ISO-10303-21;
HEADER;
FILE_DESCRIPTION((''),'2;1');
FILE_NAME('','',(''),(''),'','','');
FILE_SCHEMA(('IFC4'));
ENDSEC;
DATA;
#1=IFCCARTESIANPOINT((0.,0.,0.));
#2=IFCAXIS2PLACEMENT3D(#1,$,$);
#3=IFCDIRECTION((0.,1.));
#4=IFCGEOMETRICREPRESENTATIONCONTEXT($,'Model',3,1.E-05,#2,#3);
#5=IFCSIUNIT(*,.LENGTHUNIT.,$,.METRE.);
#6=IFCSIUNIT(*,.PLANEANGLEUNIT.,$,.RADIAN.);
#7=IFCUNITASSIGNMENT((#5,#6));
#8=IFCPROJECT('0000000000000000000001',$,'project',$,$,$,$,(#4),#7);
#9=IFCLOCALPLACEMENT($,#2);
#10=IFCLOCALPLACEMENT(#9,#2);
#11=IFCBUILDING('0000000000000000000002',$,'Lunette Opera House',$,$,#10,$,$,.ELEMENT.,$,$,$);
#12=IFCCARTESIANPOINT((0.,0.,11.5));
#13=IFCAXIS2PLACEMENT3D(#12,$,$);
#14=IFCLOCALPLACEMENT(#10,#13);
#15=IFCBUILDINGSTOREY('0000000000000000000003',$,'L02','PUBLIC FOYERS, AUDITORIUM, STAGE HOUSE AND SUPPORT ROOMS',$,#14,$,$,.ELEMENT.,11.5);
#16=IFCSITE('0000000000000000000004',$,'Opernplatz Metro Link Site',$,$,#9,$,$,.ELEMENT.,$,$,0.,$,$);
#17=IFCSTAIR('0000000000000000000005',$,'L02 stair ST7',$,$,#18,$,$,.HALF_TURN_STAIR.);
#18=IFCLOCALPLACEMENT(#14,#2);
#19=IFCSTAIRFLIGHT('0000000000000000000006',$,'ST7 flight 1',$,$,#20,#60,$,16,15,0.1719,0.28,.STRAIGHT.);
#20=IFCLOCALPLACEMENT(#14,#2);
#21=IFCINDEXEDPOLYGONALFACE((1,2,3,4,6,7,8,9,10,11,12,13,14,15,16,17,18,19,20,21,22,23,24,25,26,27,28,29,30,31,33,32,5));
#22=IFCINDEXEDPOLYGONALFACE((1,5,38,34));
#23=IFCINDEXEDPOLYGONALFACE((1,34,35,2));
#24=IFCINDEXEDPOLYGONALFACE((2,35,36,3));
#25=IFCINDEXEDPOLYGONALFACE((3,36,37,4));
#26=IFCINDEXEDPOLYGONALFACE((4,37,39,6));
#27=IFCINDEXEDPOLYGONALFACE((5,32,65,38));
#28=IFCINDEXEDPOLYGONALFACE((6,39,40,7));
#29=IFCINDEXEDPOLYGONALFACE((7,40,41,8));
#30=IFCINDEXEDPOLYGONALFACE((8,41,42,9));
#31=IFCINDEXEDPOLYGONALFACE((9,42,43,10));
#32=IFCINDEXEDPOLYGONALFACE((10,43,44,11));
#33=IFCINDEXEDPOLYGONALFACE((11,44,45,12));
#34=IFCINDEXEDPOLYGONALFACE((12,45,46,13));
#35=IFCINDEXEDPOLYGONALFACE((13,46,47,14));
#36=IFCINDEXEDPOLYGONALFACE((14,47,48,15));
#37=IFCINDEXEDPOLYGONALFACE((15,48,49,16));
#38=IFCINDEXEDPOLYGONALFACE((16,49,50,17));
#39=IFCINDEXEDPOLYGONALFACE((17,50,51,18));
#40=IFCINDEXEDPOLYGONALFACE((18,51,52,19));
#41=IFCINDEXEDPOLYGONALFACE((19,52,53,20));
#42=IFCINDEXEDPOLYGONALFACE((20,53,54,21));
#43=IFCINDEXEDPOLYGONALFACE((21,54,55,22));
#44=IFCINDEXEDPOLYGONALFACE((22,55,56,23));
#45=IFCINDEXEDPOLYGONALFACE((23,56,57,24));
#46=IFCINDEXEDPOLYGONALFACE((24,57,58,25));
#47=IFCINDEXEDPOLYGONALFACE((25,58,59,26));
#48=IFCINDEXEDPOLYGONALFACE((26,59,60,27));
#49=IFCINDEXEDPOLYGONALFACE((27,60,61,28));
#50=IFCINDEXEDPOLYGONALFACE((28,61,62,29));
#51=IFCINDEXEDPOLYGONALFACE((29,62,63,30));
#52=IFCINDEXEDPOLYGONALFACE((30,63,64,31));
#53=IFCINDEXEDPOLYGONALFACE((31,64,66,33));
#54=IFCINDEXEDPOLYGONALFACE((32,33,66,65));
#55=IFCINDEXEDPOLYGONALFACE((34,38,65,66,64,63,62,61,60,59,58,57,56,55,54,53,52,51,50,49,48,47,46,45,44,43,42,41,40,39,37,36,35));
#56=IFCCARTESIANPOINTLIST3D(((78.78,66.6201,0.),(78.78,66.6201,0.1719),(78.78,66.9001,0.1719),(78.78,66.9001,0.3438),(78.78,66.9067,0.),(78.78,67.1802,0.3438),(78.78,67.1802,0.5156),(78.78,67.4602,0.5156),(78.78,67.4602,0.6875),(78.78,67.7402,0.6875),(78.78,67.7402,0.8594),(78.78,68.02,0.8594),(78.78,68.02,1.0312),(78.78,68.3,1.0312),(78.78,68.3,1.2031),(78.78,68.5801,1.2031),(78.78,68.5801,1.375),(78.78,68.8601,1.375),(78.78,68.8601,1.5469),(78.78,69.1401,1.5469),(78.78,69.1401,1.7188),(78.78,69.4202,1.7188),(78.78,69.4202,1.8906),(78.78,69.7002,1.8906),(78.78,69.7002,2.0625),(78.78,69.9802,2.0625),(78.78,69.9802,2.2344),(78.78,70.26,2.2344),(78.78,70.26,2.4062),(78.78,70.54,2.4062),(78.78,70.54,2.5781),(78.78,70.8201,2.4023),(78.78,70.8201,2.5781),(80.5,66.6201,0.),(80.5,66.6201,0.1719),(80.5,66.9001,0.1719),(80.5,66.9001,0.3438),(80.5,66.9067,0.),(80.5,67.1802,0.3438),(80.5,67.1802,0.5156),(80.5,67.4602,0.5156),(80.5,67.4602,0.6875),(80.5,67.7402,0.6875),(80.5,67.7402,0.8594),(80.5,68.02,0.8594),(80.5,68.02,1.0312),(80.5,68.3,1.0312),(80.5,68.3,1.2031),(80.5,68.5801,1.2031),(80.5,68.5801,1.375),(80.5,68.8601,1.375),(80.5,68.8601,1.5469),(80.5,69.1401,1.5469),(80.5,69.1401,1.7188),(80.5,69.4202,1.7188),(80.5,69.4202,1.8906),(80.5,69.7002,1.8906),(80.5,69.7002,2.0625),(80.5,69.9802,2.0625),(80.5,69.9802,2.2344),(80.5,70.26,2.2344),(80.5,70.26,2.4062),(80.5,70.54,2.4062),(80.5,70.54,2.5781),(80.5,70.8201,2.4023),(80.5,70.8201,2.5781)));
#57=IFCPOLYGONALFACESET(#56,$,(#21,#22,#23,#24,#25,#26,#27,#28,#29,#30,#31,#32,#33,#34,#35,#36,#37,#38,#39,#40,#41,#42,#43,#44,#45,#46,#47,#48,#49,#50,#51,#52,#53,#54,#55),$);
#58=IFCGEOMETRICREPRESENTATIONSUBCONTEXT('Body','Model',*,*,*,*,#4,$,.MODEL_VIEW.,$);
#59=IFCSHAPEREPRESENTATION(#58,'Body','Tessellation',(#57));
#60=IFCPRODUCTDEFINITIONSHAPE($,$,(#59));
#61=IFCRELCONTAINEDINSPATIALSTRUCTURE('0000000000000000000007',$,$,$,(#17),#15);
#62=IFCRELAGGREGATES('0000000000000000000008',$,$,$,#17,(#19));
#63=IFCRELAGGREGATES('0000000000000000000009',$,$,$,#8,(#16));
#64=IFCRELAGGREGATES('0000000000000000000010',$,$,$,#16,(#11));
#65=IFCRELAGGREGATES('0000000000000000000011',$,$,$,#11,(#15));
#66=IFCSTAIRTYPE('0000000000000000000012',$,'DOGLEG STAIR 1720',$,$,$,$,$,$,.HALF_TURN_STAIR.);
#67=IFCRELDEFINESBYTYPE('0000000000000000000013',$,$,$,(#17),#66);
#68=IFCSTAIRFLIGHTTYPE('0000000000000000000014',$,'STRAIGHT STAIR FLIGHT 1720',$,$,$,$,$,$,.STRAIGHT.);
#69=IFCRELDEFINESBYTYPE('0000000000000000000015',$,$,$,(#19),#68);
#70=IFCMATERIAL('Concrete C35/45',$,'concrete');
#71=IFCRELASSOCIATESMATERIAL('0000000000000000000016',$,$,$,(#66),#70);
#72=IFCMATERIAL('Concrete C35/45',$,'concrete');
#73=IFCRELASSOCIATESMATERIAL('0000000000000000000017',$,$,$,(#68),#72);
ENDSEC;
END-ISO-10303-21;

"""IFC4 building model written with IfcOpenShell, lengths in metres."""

from ifc_helpers import new_model, si_unit, direction, frame, origin, place, context, subcontext, project, spatial, polyline, outline, extrude, material, type_object, element, aggregate, save


model = new_model("IFC4")

# Units and contexts
model_context = context("Model", 3, precision=1e-05, world=origin(), true_north=direction((0.0, 1.0)))
body_context = subcontext(model_context, "Body", "Model", "MODEL_VIEW")
ifc_project = project(units=[si_unit("LENGTHUNIT", "METRE"), si_unit("PLANEANGLEUNIT", "RADIAN")], contexts=[model_context])

# Site, building, storey
site_placement = place(None, origin())
site = spatial("IfcSite", under=ifc_project, at=site_placement, Name="Opernplatz Metro Link Site", CompositionType="ELEMENT", RefElevation=0.0)
building_placement = place(site_placement, origin())
building = spatial("IfcBuilding", under=site, at=building_placement, Name="Lunette Opera House", CompositionType="ELEMENT")
storey_placement = place(building_placement, frame((0.0, 0.0, 11.5)))
storey = spatial("IfcBuildingStorey", under=building, at=storey_placement, Name="L02", Description="PUBLIC FOYERS, AUDITORIUM, STAGE HOUSE AND SUPPORT ROOMS", CompositionType="ELEMENT", Elevation=11.5)

# Stair, stair flight
ifc_material_1 = material(Name="Concrete C35/45", Category="concrete")
stair_type = type_object("IfcStairType", Name="DOGLEG STAIR 1720", PredefinedType="HALF_TURN_STAIR", material=ifc_material_1)
stair_placement = place(storey_placement, origin())
stair = element("IfcStair", 1, at=stair_placement, inside=storey, type_object=stair_type, Name="L02 stair ST7", PredefinedType="HALF_TURN_STAIR")
ifc_material_2 = material(Name="Concrete C35/45", Category="concrete")
stair_flight_type = type_object("IfcStairFlightType", Name="STRAIGHT STAIR FLIGHT 1720", PredefinedType="STRAIGHT", material=ifc_material_2)
stair_flight_placement = place(storey_placement, frame((79.6399, 66.6201, 0.0), z_axis=(0.0, 0.0, 1.0), x_axis=(0.0, 1.0, 0.0)))
stair_flight = element("IfcStairFlight", 2, at=stair_flight_placement, type_object=stair_flight_type, Name="ST7 flight 1", NumberOfRisers=16, NumberOfTreads=15, PredefinedType="STRAIGHT", RiserHeight=0.1719, TreadLength=0.28, context=body_context, shape_type="SweptSolid", body=[
    extrude(outline(polyline([(0.0, 0.0), (0.0, 0.1719), (0.28, 0.1719), (0.28, 0.3438), (0.5601, 0.3438), (0.5601, 0.5156), (0.8401, 0.5156), (0.8401, 0.6875), (1.1201, 0.6875), (1.1201, 0.8594), (1.3999, 0.8594), (1.3999, 1.0312), (1.6799, 1.0312), (1.6799, 1.2031), (1.96, 1.2031), (1.96, 1.375), (2.24, 1.375), (2.24, 1.5469), (2.52, 1.5469), (2.52, 1.7188), (2.8, 1.7188), (2.8, 1.8906), (3.0801, 1.8906), (3.0801, 2.0625), (3.3601, 2.0625), (3.3601, 2.2344), (3.6399, 2.2344), (3.6399, 2.4062), (3.9199, 2.4062), (3.9199, 2.5781), (4.2, 2.5781), (4.2, 2.75), (4.2, 2.4023), (0.2866, 0.0), (0.0, 0.0)])), frame((0.0, 0.8599, 0.0), z_axis=(0.0, -1.0, 0.0), x_axis=(1.0, 0.0, 0.0)), (0.0, 0.0, 1.0), 1.72),
])
aggregate(stair, [stair_flight])

save(model, "model.ifc")
